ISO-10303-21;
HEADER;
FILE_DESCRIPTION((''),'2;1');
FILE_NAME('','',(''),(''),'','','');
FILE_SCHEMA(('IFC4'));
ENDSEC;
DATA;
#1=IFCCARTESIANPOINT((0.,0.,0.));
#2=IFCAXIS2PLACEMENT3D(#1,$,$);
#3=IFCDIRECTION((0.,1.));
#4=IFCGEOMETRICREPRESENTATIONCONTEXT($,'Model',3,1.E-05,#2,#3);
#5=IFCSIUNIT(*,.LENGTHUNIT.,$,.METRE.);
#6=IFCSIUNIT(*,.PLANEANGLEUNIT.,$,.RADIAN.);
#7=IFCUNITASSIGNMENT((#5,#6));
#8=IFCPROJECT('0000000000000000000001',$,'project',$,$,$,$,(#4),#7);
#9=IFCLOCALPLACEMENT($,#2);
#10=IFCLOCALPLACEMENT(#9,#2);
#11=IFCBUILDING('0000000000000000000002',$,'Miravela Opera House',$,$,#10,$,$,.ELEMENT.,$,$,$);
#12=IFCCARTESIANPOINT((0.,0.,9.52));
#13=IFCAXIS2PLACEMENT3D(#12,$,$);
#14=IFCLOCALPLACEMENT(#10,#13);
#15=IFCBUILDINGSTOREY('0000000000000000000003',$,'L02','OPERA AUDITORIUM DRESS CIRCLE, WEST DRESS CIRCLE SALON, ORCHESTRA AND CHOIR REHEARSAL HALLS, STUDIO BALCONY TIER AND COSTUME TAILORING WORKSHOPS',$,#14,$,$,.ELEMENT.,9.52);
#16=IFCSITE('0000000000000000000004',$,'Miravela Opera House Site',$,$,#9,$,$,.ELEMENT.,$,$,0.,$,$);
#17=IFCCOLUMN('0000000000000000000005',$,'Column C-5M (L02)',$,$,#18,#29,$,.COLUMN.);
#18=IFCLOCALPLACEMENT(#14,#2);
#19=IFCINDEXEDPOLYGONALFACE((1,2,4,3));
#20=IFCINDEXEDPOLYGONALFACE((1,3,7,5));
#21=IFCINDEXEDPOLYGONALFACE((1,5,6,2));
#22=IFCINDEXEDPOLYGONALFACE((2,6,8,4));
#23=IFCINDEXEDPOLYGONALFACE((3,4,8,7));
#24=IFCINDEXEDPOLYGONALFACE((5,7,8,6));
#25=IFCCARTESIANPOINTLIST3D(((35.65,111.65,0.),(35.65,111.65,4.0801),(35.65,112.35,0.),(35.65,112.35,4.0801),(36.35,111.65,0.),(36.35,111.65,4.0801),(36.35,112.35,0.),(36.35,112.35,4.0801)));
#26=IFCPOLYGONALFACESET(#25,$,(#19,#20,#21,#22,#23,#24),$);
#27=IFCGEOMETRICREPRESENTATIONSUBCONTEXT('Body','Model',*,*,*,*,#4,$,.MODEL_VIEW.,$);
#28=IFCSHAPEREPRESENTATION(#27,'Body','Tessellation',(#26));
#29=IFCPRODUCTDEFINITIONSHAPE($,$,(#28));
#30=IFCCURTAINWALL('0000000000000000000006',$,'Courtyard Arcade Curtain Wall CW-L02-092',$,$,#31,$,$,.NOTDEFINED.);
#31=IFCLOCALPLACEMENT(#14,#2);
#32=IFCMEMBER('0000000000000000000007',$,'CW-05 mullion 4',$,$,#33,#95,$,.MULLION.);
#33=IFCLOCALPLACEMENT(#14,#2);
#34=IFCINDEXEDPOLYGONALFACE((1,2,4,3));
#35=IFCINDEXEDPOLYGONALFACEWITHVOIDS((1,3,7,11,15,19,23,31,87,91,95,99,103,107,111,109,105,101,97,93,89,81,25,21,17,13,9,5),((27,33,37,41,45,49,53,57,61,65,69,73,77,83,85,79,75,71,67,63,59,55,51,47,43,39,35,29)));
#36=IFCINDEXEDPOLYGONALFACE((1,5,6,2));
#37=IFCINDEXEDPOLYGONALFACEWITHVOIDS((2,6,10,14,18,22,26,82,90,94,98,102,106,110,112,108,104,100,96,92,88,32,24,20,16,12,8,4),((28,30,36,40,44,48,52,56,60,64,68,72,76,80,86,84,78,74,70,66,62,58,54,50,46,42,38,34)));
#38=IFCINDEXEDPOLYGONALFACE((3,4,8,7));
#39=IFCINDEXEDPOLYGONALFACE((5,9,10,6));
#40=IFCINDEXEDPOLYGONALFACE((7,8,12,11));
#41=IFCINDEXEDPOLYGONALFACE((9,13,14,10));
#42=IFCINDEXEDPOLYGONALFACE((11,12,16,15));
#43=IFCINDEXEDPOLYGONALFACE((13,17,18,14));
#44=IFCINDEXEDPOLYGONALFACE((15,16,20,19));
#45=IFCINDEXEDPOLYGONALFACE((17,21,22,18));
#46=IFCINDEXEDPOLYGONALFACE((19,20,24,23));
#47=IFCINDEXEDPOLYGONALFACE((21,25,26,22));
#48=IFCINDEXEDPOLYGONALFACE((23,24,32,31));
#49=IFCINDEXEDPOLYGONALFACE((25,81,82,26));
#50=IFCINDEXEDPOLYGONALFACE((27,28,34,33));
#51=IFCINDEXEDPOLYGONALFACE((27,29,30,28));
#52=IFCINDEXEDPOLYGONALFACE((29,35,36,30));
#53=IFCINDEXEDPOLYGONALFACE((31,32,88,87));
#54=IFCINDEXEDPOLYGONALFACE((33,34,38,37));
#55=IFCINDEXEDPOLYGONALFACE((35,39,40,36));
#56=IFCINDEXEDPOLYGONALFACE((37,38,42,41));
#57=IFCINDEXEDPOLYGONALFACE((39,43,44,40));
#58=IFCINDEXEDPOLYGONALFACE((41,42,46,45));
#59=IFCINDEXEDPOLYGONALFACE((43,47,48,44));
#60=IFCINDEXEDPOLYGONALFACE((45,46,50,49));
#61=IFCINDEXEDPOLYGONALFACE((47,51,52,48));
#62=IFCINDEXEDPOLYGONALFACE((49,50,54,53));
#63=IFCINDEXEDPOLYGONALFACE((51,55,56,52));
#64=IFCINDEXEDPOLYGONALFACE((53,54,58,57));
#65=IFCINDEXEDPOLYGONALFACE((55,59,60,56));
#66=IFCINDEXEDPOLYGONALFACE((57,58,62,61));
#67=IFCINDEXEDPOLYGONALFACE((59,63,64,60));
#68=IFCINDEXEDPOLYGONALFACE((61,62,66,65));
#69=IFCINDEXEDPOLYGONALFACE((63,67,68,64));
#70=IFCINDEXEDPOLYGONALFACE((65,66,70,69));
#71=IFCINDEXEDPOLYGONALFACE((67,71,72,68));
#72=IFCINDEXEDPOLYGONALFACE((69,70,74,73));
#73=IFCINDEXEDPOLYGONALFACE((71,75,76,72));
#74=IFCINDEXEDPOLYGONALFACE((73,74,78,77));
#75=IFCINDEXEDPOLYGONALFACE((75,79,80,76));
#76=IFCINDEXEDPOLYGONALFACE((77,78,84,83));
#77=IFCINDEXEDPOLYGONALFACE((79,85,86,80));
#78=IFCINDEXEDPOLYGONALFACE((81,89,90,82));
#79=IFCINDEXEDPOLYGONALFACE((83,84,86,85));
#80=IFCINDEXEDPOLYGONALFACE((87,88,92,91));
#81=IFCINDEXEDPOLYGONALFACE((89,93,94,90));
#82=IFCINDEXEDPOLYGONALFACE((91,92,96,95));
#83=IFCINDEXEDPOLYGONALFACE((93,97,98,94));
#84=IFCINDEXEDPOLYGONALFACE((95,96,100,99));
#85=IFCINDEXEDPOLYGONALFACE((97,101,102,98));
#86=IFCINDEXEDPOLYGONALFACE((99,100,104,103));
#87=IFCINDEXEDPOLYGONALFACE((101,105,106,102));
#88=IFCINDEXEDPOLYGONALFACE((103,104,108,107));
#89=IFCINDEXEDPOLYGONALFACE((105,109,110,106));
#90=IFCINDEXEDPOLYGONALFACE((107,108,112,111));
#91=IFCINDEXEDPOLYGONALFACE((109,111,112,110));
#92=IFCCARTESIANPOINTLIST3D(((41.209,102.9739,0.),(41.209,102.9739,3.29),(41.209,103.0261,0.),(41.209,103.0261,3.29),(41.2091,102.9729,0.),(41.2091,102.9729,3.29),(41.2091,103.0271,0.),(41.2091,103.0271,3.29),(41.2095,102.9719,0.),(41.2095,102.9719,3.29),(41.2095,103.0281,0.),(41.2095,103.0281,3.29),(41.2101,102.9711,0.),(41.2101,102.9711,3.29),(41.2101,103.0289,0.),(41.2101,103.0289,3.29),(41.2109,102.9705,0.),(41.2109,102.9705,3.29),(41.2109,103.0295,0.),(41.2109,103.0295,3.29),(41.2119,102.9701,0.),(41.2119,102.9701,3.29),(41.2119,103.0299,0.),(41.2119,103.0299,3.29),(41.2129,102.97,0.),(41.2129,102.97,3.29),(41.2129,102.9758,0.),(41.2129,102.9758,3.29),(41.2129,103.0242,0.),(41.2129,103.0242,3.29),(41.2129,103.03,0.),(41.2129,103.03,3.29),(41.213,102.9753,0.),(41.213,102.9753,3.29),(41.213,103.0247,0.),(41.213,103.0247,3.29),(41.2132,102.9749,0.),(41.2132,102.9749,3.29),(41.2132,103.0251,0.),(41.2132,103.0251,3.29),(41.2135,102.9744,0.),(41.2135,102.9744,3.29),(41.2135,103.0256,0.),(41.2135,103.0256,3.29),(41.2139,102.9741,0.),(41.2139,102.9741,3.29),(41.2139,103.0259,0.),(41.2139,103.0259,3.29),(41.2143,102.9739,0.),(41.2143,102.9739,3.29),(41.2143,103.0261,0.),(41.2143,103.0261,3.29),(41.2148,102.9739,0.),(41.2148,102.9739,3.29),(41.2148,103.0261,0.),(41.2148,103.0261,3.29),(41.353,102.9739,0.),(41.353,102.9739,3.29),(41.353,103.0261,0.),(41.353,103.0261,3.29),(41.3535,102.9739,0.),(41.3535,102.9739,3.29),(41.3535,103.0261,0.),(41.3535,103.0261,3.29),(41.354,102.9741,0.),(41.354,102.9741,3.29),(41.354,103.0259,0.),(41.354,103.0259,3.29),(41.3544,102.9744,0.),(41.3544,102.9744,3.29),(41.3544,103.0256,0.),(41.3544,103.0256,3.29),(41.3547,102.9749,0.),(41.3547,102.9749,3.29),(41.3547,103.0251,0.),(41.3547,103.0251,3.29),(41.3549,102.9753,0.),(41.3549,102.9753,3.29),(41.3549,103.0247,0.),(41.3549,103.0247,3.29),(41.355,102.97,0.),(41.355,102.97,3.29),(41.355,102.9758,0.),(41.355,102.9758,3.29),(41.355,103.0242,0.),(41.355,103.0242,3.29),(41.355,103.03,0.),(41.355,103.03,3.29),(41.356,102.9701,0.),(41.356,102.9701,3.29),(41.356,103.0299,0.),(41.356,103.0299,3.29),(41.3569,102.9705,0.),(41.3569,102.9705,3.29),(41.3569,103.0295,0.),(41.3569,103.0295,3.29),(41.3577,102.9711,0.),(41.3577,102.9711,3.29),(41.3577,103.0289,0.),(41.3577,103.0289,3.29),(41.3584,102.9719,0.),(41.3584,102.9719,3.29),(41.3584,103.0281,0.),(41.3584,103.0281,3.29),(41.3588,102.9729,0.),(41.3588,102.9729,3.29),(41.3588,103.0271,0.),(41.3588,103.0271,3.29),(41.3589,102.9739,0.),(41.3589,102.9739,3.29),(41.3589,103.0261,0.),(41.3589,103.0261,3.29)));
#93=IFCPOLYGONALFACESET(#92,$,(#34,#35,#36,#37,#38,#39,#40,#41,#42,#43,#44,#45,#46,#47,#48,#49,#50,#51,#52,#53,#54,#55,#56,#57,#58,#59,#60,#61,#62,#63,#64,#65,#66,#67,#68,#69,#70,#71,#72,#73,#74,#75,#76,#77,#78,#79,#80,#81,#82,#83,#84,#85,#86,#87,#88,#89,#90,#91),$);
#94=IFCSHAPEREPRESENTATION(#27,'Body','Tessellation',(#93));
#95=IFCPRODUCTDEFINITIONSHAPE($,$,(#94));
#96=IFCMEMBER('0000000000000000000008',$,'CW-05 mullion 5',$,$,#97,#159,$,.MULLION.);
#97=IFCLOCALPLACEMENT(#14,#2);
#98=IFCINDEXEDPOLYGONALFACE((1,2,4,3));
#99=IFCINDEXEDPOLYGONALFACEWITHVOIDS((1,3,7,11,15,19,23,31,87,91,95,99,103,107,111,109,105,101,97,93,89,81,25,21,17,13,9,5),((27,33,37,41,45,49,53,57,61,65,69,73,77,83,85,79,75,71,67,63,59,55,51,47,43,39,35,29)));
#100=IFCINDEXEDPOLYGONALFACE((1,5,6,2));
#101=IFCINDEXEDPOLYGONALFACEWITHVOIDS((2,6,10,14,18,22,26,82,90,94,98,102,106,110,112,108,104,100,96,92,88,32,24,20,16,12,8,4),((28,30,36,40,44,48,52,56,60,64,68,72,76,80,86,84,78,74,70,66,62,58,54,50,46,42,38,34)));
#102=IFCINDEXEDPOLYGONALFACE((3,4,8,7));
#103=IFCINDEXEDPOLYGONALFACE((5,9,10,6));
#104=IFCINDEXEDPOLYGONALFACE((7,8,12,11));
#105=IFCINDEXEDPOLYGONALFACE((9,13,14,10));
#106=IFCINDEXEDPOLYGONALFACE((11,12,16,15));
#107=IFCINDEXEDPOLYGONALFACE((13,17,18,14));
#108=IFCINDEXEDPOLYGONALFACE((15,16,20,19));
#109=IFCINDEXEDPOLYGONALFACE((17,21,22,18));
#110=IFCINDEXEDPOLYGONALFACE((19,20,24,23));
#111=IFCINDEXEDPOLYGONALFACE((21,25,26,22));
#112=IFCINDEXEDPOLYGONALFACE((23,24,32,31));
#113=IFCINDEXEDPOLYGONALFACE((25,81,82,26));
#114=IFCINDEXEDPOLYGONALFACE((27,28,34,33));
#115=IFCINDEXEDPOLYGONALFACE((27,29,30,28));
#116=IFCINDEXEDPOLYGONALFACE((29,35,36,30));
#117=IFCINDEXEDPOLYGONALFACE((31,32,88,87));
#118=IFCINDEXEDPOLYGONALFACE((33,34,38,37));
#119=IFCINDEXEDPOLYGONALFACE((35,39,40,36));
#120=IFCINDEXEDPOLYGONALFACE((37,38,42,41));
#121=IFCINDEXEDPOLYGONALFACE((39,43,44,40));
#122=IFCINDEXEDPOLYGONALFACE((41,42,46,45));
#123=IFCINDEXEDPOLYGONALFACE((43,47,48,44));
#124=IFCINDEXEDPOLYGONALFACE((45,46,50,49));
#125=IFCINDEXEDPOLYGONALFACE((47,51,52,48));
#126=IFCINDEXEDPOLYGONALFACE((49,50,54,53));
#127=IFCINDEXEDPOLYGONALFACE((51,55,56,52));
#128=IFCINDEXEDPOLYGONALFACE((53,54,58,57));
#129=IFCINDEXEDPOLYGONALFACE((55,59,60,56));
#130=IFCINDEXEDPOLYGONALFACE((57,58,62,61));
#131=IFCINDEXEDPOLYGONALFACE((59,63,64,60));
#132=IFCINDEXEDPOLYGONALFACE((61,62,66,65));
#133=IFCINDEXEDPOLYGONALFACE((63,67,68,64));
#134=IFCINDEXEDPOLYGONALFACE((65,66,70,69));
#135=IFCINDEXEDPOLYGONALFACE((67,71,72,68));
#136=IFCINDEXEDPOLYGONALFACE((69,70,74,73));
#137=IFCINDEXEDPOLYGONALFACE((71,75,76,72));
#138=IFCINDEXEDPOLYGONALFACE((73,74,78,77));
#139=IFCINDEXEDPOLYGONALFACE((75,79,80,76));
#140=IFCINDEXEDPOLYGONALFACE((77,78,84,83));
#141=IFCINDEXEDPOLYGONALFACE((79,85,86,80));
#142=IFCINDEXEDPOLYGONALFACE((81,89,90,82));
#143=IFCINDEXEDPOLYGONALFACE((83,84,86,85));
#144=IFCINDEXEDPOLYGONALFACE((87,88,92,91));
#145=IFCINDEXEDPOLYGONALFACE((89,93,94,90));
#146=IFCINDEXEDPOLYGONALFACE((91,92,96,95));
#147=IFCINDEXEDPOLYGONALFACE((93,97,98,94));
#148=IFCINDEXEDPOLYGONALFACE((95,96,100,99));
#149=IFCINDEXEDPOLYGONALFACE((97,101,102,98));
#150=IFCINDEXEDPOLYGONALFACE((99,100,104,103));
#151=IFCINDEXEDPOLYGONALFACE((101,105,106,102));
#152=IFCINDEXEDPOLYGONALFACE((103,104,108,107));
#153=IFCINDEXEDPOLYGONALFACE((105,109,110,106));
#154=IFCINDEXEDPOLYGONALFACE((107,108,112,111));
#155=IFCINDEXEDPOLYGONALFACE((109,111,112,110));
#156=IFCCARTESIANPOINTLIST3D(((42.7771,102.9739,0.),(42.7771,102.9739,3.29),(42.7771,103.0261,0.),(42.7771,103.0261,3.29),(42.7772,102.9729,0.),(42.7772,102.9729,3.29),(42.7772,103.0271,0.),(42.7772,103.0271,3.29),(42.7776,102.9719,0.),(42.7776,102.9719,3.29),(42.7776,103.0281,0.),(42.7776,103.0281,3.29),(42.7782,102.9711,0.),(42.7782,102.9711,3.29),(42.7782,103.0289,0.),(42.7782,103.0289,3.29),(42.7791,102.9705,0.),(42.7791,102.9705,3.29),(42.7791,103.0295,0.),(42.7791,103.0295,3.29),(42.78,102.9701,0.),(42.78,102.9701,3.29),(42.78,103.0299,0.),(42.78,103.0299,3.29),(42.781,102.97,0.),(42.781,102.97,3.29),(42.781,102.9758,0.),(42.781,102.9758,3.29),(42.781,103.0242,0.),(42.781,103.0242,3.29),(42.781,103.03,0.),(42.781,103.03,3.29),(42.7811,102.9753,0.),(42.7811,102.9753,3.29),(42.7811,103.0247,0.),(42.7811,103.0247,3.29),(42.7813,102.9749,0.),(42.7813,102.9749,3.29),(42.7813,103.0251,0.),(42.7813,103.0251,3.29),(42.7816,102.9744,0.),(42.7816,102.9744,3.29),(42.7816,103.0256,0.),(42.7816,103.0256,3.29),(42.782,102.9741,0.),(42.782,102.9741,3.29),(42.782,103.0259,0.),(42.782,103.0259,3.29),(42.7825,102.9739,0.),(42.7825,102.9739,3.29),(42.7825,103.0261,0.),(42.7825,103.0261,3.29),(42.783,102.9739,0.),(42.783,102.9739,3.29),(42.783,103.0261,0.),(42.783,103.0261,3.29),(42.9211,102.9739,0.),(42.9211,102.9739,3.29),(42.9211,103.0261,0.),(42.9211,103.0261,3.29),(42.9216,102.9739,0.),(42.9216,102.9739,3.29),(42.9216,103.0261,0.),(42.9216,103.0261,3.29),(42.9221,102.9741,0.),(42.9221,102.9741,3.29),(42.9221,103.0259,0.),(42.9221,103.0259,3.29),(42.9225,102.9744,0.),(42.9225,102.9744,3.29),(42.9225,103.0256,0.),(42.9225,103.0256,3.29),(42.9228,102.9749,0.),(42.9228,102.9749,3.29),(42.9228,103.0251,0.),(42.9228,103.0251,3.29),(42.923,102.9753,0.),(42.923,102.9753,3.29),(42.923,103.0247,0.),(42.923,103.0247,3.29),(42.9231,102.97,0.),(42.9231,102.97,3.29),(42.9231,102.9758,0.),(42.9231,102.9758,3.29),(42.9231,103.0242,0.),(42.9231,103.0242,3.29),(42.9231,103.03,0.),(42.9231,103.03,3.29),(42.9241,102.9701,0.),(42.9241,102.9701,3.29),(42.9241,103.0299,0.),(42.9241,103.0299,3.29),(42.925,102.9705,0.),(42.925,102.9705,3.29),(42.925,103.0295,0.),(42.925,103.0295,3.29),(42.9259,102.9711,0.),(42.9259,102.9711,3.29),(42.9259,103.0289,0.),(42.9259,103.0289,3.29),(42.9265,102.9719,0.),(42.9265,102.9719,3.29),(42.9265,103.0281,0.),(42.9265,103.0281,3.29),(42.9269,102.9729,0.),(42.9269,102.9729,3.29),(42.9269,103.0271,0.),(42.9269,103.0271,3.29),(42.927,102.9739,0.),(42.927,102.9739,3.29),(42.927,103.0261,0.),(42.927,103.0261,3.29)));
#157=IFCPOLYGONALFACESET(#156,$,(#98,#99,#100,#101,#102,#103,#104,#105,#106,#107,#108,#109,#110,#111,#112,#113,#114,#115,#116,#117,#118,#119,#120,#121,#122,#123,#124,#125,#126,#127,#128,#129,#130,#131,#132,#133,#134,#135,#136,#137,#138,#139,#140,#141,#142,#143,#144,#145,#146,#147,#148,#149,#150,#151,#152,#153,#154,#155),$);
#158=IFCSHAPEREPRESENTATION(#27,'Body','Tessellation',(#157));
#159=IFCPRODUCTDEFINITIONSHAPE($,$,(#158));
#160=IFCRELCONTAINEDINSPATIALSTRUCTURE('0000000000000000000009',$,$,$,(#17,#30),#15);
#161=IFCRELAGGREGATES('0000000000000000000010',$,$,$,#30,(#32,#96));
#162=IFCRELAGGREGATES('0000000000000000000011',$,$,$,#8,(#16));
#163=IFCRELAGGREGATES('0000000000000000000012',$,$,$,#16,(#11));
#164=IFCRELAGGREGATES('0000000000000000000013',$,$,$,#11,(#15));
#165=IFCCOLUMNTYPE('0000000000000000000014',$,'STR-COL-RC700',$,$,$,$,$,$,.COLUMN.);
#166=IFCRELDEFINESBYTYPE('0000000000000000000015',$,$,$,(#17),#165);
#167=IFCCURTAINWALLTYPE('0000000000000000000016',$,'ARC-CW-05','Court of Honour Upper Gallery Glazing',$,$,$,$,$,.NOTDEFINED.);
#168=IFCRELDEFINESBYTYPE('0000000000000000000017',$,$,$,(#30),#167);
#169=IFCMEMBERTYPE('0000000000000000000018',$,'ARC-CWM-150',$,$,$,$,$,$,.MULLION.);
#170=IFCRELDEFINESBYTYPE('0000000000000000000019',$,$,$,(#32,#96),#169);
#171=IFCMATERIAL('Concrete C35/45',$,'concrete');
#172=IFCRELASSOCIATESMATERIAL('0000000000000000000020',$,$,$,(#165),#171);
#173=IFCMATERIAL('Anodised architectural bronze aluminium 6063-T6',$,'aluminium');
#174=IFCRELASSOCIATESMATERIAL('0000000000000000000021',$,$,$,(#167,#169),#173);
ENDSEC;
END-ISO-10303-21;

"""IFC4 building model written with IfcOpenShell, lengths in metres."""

from ifc_helpers import new_model, si_unit, direction, frame, origin, origin_2d, place, context, subcontext, project, spatial, rectangle, hollow_rectangle, extrude, material, material_profile, profile_set, type_object, element, aggregate, save


model = new_model("IFC4")

# Units and contexts
model_context = context("Model", 3, precision=1e-05, world=origin(), true_north=direction((0.0, 1.0)))
body_context = subcontext(model_context, "Body", "Model", "MODEL_VIEW")
ifc_project = project(units=[si_unit("LENGTHUNIT", "METRE"), si_unit("PLANEANGLEUNIT", "RADIAN")], contexts=[model_context])

# Site, building, storey
site_placement = place(None, origin())
site = spatial("IfcSite", under=ifc_project, at=site_placement, Name="Miravela Opera House Site", CompositionType="ELEMENT", RefElevation=0.0)
building_placement = place(site_placement, origin())
building = spatial("IfcBuilding", under=site, at=building_placement, Name="Miravela Opera House", CompositionType="ELEMENT")
storey_placement = place(building_placement, frame((0.0, 0.0, 9.52)))
storey = spatial("IfcBuildingStorey", under=building, at=storey_placement, Name="L02", Description="OPERA AUDITORIUM DRESS CIRCLE, WEST DRESS CIRCLE SALON, ORCHESTRA AND CHOIR REHEARSAL HALLS, STUDIO BALCONY TIER AND COSTUME TAILORING WORKSHOPS", CompositionType="ELEMENT", Elevation=9.52)

# Column
ifc_material_1 = material(Name="Concrete C35/45", Category="concrete")
ifc_material_profile_1 = material_profile(ifc_material_1, rectangle(XDim=0.7, YDim=0.7, at=origin_2d()), Name="RC-COL-700X700")
ifc_profile_set_1 = profile_set([ifc_material_profile_1])
column_type = type_object("IfcColumnType", Name="STR-COL-RC700", PredefinedType="COLUMN", material=ifc_profile_set_1)
column_placement = place(storey_placement, frame((36.0, 112.0, 0.0), z_axis=(0.0, 0.0, 1.0), x_axis=(1.0, 0.0, 0.0)))
element("IfcColumn", 1, at=column_placement, inside=storey, type_object=column_type, Name="Column C-5M (L02)", PredefinedType="COLUMN", context=body_context, shape_type="SweptSolid", body=[
    extrude(rectangle(XDim=0.7, YDim=0.7, at=origin_2d()), origin(), (0.0, 0.0, 1.0), 4.0801),
])

# Curtain wall, members
ifc_material_2 = material(Name="Anodised architectural bronze aluminium 6063-T6", Category="aluminium")
curtain_wall_type = type_object("IfcCurtainWallType", Name="ARC-CW-05", Description="Court of Honour Upper Gallery Glazing", PredefinedType="NOTDEFINED", material=ifc_material_2)
curtain_wall_placement = place(storey_placement, origin())
curtain_wall = element("IfcCurtainWall", 2, at=curtain_wall_placement, inside=storey, type_object=curtain_wall_type, Name="Courtyard Arcade Curtain Wall CW-L02-092", PredefinedType="NOTDEFINED")
ifc_material_profile_2 = material_profile(ifc_material_2, hollow_rectangle(XDim=0.0601, YDim=0.1499, WallThickness=0.0039, InnerFilletRadius=0.002, OuterFilletRadius=0.0039, at=origin_2d()), Name="CWM-60X150")
ifc_profile_set_2 = profile_set([ifc_material_profile_2])
member_type_1 = type_object("IfcMemberType", Name="ARC-CWM-150", PredefinedType="MULLION", material=ifc_profile_set_2)
member_1_placement = place(storey_placement, frame((41.2839, 103.0, 0.0), z_axis=(0.0, 0.0, 1.0), x_axis=(0.0, 1.0, 0.0)))
member_1 = element("IfcMember", 3, at=member_1_placement, type_object=member_type_1, Name="CW-05 mullion 4", PredefinedType="MULLION", context=body_context, shape_type="SweptSolid", body=[
    extrude(hollow_rectangle(XDim=0.0601, YDim=0.1499, WallThickness=0.0039, InnerFilletRadius=0.002, OuterFilletRadius=0.0039, at=origin_2d()), origin(), (0.0, 0.0, 1.0), 3.29),
])
member_2_placement = place(storey_placement, frame((42.8521, 103.0, 0.0), z_axis=(0.0, 0.0, 1.0), x_axis=(0.0, 1.0, 0.0)))
member_2 = element("IfcMember", 4, at=member_2_placement, type_object=member_type_1, Name="CW-05 mullion 5", PredefinedType="MULLION", context=body_context, shape_type="SweptSolid", body=[
    extrude(hollow_rectangle(XDim=0.0601, YDim=0.1499, WallThickness=0.0039, InnerFilletRadius=0.002, OuterFilletRadius=0.0039, at=origin_2d()), origin(), (0.0, 0.0, 1.0), 3.29),
])

aggregate(curtain_wall, [member_1, member_2])

save(model, "model.ifc")
